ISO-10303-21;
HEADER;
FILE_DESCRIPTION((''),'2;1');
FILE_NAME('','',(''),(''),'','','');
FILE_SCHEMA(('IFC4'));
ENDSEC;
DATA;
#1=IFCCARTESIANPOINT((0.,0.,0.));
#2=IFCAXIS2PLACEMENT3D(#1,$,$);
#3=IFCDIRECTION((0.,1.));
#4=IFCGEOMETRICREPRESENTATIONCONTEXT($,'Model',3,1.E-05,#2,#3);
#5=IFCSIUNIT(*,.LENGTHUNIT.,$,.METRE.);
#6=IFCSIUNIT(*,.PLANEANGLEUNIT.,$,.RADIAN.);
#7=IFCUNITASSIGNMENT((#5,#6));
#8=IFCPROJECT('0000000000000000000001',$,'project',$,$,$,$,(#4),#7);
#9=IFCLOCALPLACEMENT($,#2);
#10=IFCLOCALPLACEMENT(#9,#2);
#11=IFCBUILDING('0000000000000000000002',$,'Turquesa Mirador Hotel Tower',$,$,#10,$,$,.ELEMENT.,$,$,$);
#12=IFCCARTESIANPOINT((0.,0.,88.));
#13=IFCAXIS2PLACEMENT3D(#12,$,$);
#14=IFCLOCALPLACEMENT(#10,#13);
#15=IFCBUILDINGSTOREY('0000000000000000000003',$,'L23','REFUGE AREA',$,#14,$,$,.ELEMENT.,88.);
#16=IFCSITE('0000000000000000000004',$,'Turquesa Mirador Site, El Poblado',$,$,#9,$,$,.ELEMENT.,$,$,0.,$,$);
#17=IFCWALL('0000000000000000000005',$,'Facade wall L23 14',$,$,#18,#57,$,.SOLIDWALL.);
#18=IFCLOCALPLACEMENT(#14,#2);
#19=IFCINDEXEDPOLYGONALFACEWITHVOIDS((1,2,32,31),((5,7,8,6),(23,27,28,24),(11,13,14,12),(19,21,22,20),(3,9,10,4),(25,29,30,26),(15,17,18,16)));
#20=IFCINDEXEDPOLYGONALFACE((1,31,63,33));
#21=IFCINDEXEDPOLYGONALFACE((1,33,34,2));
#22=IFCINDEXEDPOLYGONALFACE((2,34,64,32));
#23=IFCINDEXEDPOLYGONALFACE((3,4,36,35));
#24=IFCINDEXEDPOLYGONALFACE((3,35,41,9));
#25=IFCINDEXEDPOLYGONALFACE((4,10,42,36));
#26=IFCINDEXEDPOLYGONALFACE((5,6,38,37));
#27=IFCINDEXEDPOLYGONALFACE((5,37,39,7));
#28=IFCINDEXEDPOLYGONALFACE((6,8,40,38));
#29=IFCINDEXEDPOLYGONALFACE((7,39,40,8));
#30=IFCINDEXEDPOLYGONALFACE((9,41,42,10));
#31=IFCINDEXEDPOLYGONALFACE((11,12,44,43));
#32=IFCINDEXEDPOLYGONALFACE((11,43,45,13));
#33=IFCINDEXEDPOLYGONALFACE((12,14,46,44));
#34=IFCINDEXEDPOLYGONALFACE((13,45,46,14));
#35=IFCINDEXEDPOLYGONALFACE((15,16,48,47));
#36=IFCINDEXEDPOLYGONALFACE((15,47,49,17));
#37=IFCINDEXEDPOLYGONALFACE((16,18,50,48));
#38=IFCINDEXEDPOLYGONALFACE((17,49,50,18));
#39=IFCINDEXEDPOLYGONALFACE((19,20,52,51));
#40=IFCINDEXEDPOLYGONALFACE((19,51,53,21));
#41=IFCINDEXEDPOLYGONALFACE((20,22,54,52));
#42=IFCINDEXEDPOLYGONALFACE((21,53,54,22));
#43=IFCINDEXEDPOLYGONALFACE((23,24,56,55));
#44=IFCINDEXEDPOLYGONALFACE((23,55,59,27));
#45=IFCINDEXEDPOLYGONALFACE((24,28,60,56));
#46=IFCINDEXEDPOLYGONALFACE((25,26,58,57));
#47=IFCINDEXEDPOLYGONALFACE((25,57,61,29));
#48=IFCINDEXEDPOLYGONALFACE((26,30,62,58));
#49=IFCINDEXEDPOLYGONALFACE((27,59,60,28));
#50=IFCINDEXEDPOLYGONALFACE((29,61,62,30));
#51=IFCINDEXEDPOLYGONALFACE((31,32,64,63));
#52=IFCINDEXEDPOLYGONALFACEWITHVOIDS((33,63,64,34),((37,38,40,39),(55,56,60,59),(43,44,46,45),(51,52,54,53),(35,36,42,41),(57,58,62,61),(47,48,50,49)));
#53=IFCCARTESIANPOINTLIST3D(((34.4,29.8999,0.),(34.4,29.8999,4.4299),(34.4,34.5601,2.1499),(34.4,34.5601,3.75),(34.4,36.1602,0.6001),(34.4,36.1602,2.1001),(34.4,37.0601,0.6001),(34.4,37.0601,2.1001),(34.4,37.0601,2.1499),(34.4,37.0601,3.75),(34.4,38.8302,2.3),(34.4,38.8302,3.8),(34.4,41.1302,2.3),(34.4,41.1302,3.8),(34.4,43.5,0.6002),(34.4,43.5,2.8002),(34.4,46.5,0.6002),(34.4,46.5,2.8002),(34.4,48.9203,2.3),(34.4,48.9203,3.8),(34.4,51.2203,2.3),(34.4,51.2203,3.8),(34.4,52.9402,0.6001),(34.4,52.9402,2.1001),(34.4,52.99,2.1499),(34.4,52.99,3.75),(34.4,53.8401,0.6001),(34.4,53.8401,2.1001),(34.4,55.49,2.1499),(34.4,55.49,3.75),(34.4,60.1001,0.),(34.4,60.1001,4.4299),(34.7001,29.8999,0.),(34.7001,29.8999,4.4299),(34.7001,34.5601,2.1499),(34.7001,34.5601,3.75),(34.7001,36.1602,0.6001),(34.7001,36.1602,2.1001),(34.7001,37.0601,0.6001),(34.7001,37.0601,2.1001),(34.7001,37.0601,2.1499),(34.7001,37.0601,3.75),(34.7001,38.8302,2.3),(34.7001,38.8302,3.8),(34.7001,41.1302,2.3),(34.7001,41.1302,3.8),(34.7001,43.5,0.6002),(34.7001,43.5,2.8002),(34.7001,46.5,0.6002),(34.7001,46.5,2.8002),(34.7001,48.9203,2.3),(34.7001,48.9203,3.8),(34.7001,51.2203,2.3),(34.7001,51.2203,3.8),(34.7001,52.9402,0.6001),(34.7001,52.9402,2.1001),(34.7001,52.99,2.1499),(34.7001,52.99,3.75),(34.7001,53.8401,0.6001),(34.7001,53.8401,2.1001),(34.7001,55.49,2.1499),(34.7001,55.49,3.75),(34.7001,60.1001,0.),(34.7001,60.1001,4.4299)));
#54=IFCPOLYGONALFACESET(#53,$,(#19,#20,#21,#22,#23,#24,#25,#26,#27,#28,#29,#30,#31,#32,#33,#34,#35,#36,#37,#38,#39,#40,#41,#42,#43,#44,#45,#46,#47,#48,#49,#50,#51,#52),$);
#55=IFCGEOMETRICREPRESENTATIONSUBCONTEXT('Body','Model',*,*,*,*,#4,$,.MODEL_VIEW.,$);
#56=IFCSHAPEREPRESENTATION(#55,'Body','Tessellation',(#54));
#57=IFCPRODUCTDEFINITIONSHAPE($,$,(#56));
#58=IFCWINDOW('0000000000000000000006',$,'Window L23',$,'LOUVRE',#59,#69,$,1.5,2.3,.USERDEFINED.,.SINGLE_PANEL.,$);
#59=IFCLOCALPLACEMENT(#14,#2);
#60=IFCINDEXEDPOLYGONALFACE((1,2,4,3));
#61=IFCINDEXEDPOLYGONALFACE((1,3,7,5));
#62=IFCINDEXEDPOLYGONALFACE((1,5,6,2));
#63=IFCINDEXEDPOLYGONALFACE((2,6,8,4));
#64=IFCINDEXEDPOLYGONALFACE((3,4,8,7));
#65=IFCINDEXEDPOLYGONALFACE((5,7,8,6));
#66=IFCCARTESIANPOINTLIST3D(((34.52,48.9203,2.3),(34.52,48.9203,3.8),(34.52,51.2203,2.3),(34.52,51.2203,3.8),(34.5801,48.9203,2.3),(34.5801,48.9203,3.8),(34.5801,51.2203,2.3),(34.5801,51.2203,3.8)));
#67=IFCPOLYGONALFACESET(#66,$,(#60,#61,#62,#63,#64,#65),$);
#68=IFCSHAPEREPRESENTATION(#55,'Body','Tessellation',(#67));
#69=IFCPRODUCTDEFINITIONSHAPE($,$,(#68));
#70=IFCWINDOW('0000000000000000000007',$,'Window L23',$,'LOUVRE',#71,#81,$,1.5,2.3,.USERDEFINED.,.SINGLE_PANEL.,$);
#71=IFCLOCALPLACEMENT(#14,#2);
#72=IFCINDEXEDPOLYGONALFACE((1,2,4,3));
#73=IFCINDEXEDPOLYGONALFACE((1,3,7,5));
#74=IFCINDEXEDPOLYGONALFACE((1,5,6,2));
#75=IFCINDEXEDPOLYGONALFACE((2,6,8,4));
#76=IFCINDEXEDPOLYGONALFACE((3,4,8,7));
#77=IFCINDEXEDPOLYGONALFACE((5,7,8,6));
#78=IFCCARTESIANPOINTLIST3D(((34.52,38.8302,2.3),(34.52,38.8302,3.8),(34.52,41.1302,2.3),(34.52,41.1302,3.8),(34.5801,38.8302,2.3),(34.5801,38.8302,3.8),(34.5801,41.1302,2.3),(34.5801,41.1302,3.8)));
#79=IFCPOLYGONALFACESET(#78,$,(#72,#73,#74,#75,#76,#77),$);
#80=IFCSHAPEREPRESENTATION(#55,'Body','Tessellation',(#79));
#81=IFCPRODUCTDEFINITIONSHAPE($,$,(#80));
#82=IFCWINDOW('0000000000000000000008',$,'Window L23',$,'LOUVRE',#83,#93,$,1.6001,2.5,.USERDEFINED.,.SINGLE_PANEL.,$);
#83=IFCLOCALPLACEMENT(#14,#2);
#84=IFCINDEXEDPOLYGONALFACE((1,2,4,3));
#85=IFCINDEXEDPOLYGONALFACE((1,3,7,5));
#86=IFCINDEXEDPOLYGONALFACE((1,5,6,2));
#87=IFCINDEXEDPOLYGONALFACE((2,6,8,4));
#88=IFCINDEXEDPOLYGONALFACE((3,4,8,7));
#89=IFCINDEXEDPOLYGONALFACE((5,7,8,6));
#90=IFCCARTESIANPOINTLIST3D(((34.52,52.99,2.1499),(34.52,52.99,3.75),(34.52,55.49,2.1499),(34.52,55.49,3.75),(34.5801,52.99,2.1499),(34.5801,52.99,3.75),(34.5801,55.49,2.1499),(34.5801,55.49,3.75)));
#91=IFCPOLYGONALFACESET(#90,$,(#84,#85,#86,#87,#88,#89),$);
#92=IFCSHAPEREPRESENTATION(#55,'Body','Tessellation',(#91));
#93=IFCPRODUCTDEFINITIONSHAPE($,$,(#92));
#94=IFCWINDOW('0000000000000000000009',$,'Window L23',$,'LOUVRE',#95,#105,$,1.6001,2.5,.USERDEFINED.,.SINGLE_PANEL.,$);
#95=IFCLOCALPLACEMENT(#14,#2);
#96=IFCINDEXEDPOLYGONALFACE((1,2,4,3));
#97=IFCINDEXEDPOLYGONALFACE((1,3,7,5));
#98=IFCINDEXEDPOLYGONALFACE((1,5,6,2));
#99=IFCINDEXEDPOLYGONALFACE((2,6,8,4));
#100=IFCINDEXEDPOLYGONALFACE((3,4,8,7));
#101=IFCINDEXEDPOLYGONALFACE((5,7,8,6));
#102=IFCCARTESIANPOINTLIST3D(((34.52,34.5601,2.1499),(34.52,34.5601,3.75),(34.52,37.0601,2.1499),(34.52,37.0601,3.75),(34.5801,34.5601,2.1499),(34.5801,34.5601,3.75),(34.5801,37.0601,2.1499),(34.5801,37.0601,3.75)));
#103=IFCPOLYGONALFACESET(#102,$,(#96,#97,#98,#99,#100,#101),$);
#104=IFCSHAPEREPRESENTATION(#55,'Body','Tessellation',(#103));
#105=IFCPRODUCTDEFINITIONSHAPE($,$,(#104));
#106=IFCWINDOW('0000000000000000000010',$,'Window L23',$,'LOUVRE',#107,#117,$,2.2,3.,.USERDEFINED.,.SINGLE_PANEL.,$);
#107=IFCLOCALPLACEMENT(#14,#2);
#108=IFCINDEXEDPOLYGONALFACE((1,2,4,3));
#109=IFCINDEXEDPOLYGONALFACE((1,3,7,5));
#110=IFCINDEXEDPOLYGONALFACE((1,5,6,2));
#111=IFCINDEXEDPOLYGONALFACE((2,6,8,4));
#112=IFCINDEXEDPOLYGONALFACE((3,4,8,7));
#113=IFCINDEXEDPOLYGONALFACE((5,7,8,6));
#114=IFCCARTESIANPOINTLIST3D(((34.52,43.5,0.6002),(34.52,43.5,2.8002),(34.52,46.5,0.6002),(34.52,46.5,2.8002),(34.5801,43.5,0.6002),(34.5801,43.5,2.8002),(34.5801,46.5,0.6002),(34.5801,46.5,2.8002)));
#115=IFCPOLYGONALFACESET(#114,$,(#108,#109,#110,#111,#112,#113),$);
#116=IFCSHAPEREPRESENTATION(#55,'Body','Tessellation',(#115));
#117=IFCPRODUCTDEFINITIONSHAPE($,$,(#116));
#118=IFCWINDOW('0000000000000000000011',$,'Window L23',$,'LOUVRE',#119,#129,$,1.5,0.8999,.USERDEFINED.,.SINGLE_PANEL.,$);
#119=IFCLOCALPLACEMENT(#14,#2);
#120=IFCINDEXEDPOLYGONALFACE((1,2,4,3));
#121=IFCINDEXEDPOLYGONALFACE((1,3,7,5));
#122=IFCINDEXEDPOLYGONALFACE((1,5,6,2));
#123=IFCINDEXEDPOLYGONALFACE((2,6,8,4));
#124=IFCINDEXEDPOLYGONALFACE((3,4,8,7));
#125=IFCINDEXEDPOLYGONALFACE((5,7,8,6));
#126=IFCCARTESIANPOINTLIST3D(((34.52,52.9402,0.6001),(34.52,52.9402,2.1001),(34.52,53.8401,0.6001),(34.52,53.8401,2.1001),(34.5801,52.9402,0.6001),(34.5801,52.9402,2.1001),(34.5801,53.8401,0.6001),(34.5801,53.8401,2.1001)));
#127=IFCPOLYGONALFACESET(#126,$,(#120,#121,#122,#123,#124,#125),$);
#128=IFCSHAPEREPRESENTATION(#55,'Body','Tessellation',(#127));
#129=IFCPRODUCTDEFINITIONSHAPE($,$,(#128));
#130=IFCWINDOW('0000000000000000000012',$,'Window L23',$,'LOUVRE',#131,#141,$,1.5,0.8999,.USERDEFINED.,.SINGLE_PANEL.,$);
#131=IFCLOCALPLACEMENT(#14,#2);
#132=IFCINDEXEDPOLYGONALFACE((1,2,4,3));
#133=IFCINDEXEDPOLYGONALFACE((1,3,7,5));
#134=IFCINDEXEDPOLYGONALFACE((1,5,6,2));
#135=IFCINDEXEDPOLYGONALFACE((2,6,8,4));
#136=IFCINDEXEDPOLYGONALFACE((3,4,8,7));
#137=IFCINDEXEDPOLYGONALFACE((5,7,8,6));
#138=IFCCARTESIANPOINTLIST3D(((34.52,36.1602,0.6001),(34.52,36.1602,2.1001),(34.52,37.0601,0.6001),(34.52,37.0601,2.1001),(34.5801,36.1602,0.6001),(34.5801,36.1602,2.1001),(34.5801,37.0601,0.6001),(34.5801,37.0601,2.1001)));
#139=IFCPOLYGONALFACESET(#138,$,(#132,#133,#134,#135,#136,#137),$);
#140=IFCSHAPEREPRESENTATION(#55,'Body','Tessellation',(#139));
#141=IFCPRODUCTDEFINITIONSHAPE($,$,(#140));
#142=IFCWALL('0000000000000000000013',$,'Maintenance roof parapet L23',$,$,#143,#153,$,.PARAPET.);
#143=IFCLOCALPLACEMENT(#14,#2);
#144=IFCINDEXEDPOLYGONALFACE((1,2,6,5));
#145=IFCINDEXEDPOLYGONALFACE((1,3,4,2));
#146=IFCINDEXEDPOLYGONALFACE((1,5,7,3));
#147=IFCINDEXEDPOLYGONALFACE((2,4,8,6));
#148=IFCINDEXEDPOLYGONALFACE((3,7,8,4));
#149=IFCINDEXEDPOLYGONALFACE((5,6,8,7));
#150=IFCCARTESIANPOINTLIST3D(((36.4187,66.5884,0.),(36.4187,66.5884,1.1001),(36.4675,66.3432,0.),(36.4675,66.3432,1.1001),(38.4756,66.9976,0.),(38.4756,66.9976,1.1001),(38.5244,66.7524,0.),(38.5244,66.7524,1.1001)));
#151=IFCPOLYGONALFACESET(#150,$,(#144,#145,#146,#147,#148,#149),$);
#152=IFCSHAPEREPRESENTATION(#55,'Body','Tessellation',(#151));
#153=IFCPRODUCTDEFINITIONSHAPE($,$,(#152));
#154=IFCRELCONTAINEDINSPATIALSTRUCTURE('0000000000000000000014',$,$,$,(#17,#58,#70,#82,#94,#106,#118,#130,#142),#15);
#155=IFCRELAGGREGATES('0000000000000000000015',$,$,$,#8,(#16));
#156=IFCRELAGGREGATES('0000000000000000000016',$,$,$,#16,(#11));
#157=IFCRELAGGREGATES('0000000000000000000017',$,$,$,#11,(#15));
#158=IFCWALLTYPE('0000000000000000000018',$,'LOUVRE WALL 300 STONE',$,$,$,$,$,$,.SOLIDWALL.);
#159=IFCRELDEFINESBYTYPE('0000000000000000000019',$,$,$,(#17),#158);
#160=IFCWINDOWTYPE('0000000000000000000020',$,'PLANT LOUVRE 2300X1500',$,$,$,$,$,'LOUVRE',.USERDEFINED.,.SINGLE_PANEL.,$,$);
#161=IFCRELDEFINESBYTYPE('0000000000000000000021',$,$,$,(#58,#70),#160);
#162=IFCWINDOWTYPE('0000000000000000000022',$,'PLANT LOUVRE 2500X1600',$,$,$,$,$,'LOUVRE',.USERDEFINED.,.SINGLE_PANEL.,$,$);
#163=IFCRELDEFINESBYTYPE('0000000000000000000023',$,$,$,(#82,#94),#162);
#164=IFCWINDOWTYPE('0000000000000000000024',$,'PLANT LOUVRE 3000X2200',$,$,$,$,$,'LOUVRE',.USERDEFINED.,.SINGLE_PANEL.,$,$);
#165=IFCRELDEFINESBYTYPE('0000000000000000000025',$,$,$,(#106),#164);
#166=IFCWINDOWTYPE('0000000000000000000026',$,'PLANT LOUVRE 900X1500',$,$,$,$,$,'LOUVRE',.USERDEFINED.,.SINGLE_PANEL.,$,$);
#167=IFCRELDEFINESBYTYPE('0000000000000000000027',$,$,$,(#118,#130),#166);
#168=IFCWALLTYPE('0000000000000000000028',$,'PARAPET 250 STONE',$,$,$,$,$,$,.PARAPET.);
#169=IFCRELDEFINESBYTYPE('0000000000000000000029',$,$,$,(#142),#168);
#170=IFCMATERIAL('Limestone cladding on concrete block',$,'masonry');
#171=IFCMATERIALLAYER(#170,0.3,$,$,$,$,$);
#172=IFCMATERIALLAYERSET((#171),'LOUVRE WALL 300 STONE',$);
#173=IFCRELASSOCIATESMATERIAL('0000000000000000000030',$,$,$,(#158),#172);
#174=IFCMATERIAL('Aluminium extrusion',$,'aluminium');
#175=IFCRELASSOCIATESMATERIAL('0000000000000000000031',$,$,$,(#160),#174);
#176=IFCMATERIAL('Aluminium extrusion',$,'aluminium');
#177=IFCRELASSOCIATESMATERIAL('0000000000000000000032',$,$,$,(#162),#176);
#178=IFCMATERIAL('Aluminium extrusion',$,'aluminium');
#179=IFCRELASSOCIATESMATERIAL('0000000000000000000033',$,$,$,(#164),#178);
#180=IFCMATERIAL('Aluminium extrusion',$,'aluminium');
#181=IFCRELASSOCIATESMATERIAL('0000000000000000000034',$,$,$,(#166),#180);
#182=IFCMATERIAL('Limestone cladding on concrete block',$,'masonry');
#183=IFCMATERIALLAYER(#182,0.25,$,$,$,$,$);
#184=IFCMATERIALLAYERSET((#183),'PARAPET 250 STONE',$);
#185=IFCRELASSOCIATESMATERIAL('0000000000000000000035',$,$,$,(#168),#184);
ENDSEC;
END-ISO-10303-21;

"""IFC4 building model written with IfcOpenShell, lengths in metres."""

from ifc_helpers import new_model, si_unit, direction, frame, frame_2d, origin, place, context, subcontext, project, spatial, rectangle, extrude, material, layer, layer_set, type_object, element, fill, save


model = new_model("IFC4")

# Units and contexts
model_context = context("Model", 3, precision=1e-05, world=origin(), true_north=direction((0.0, 1.0)))
body_context = subcontext(model_context, "Body", "Model", "MODEL_VIEW")
ifc_project = project(units=[si_unit("LENGTHUNIT", "METRE"), si_unit("PLANEANGLEUNIT", "RADIAN")], contexts=[model_context])

# Site, building, storey
site_placement = place(None, origin())
site = spatial("IfcSite", under=ifc_project, at=site_placement, Name="Turquesa Mirador Site, El Poblado", CompositionType="ELEMENT", RefElevation=0.0)
building_placement = place(site_placement, origin())
building = spatial("IfcBuilding", under=site, at=building_placement, Name="Turquesa Mirador Hotel Tower", CompositionType="ELEMENT")
storey_placement = place(building_placement, frame((0.0, 0.0, 88.0)))
storey = spatial("IfcBuildingStorey", under=building, at=storey_placement, Name="L23", Description="REFUGE AREA", CompositionType="ELEMENT", Elevation=88.0)

# Shared definitions
ifc_material_1 = material(Name="Limestone cladding on concrete block", Category="masonry")
ifc_layer_1 = layer(ifc_material_1, 0.3)
ifc_layer_set_1 = layer_set([ifc_layer_1], Name="LOUVRE WALL 300 STONE")
wall_type_1 = type_object("IfcWallType", Name="LOUVRE WALL 300 STONE", PredefinedType="SOLIDWALL", material=ifc_layer_set_1)

# Wall, openings, windows
wall_1_placement = place(storey_placement, frame((34.55, 60.1001, 0.0), z_axis=(0.0, 0.0, 1.0), x_axis=(0.0, -1.0, 0.0)))
wall_1 = element("IfcWall", 1, at=wall_1_placement, inside=storey, type_object=wall_type_1, Name="Facade wall L23 14", PredefinedType="SOLIDWALL", context=body_context, shape_type="SweptSolid", body=[
    extrude(rectangle(XDim=30.2002, YDim=0.3, at=frame_2d((15.1001, 0.0))), origin(), (0.0, 0.0, 1.0), 4.4299),
])
opening_1_placement = place(wall_1_placement, frame((4.6101, 0.0, 2.1499)))
opening_1 = element("IfcOpeningElement", 2, at=opening_1_placement, cuts=wall_1, PredefinedType="OPENING", context=body_context, shape_type="SweptSolid", body=[
    extrude(rectangle(XDim=2.5, YDim=1.6001, at=frame_2d((1.25, 0.8))), frame((0.0, 0.1599, 0.0), z_axis=(0.0, -1.0, 0.0), x_axis=(1.0, 0.0, 0.0)), (0.0, 0.0, 1.0), 0.3201),
])
opening_2_placement = place(wall_1_placement, frame((8.8799, 0.0, 2.3)))
opening_2 = element("IfcOpeningElement", 3, at=opening_2_placement, cuts=wall_1, PredefinedType="OPENING", context=body_context, shape_type="SweptSolid", body=[
    extrude(rectangle(XDim=2.3, YDim=1.5, at=frame_2d((1.1499, 0.75))), frame((0.0, 0.1599, 0.0), z_axis=(0.0, -1.0, 0.0), x_axis=(1.0, 0.0, 0.0)), (0.0, 0.0, 1.0), 0.3201),
])
opening_3_placement = place(wall_1_placement, frame((13.6001, 0.0, 0.6001)))
opening_3 = element("IfcOpeningElement", 4, at=opening_3_placement, cuts=wall_1, PredefinedType="OPENING", context=body_context, shape_type="SweptSolid", body=[
    extrude(rectangle(XDim=3.0, YDim=2.2, at=frame_2d((1.5, 1.1001))), frame((0.0, 0.1599, 0.0), z_axis=(0.0, -1.0, 0.0), x_axis=(1.0, 0.0, 0.0)), (0.0, 0.0, 1.0), 0.3201),
])
opening_4_placement = place(wall_1_placement, frame((18.97, 0.0, 2.3)))
opening_4 = element("IfcOpeningElement", 5, at=opening_4_placement, cuts=wall_1, PredefinedType="OPENING", context=body_context, shape_type="SweptSolid", body=[
    extrude(rectangle(XDim=2.3, YDim=1.5, at=frame_2d((1.1499, 0.75))), frame((0.0, 0.1599, 0.0), z_axis=(0.0, -1.0, 0.0), x_axis=(1.0, 0.0, 0.0)), (0.0, 0.0, 1.0), 0.3201),
])
opening_5_placement = place(wall_1_placement, frame((23.04, 0.0, 2.1499)))
opening_5 = element("IfcOpeningElement", 6, at=opening_5_placement, cuts=wall_1, PredefinedType="OPENING", context=body_context, shape_type="SweptSolid", body=[
    extrude(rectangle(XDim=2.5, YDim=1.6001, at=frame_2d((1.25, 0.8))), frame((0.0, 0.1599, 0.0), z_axis=(0.0, -1.0, 0.0), x_axis=(1.0, 0.0, 0.0)), (0.0, 0.0, 1.0), 0.3201),
])
opening_6_placement = place(wall_1_placement, frame((6.26, 0.0, 0.6001)))
opening_6 = element("IfcOpeningElement", 7, at=opening_6_placement, cuts=wall_1, PredefinedType="OPENING", context=body_context, shape_type="SweptSolid", body=[
    extrude(rectangle(XDim=0.8999, YDim=1.5, at=frame_2d((0.45, 0.75))), frame((0.0, 0.1599, 0.0), z_axis=(0.0, -1.0, 0.0), x_axis=(1.0, 0.0, 0.0)), (0.0, 0.0, 1.0), 0.3201),
])
opening_7_placement = place(wall_1_placement, frame((23.04, 0.0, 0.6001)))
opening_7 = element("IfcOpeningElement", 8, at=opening_7_placement, cuts=wall_1, PredefinedType="OPENING", context=body_context, shape_type="SweptSolid", body=[
    extrude(rectangle(XDim=0.8999, YDim=1.5, at=frame_2d((0.45, 0.75))), frame((0.0, 0.1599, 0.0), z_axis=(0.0, -1.0, 0.0), x_axis=(1.0, 0.0, 0.0)), (0.0, 0.0, 1.0), 0.3201),
])
ifc_material_2 = material(Name="Aluminium extrusion", Category="aluminium")
window_type_1 = type_object("IfcWindowType", Name="PLANT LOUVRE 2300X1500", ElementType="LOUVRE", PartitioningType="SINGLE_PANEL", PredefinedType="USERDEFINED", material=ifc_material_2)
window_1_placement = place(opening_2_placement, origin())
window_1 = element("IfcWindow", 9, at=window_1_placement, inside=storey, type_object=window_type_1, Name="Window L23", ObjectType="LOUVRE", OverallHeight=1.5, OverallWidth=2.3, PartitioningType="SINGLE_PANEL", PredefinedType="USERDEFINED", context=body_context, shape_type="SweptSolid", body=[
    extrude(rectangle(XDim=2.3, YDim=1.5, at=frame_2d((1.1499, 0.75))), frame((0.0, 0.03, 0.0), z_axis=(0.0, -1.0, 0.0), x_axis=(1.0, 0.0, 0.0)), (0.0, 0.0, 1.0), 0.0601),
])
fill(opening_2, window_1)
window_2_placement = place(opening_4_placement, origin())
window_2 = element("IfcWindow", 10, at=window_2_placement, inside=storey, type_object=window_type_1, Name="Window L23", ObjectType="LOUVRE", OverallHeight=1.5, OverallWidth=2.3, PartitioningType="SINGLE_PANEL", PredefinedType="USERDEFINED", context=body_context, shape_type="SweptSolid", body=[
    extrude(rectangle(XDim=2.3, YDim=1.5, at=frame_2d((1.1499, 0.75))), frame((0.0, 0.03, 0.0), z_axis=(0.0, -1.0, 0.0), x_axis=(1.0, 0.0, 0.0)), (0.0, 0.0, 1.0), 0.0601),
])
fill(opening_4, window_2)
ifc_material_3 = material(Name="Aluminium extrusion", Category="aluminium")
window_type_2 = type_object("IfcWindowType", Name="PLANT LOUVRE 2500X1600", ElementType="LOUVRE", PartitioningType="SINGLE_PANEL", PredefinedType="USERDEFINED", material=ifc_material_3)
window_3_placement = place(opening_1_placement, origin())
window_3 = element("IfcWindow", 11, at=window_3_placement, inside=storey, type_object=window_type_2, Name="Window L23", ObjectType="LOUVRE", OverallHeight=1.6001, OverallWidth=2.5, PartitioningType="SINGLE_PANEL", PredefinedType="USERDEFINED", context=body_context, shape_type="SweptSolid", body=[
    extrude(rectangle(XDim=2.5, YDim=1.6001, at=frame_2d((1.25, 0.8))), frame((0.0, 0.03, 0.0), z_axis=(0.0, -1.0, 0.0), x_axis=(1.0, 0.0, 0.0)), (0.0, 0.0, 1.0), 0.0601),
])
fill(opening_1, window_3)
window_4_placement = place(opening_5_placement, origin())
window_4 = element("IfcWindow", 12, at=window_4_placement, inside=storey, type_object=window_type_2, Name="Window L23", ObjectType="LOUVRE", OverallHeight=1.6001, OverallWidth=2.5, PartitioningType="SINGLE_PANEL", PredefinedType="USERDEFINED", context=body_context, shape_type="SweptSolid", body=[
    extrude(rectangle(XDim=2.5, YDim=1.6001, at=frame_2d((1.25, 0.8))), frame((0.0, 0.03, 0.0), z_axis=(0.0, -1.0, 0.0), x_axis=(1.0, 0.0, 0.0)), (0.0, 0.0, 1.0), 0.0601),
])
fill(opening_5, window_4)
ifc_material_4 = material(Name="Aluminium extrusion", Category="aluminium")
window_type_3 = type_object("IfcWindowType", Name="PLANT LOUVRE 3000X2200", ElementType="LOUVRE", PartitioningType="SINGLE_PANEL", PredefinedType="USERDEFINED", material=ifc_material_4)
window_5_placement = place(opening_3_placement, origin())
window_5 = element("IfcWindow", 13, at=window_5_placement, inside=storey, type_object=window_type_3, Name="Window L23", ObjectType="LOUVRE", OverallHeight=2.2, OverallWidth=3.0, PartitioningType="SINGLE_PANEL", PredefinedType="USERDEFINED", context=body_context, shape_type="SweptSolid", body=[
    extrude(rectangle(XDim=3.0, YDim=2.2, at=frame_2d((1.5, 1.1001))), frame((0.0, 0.03, 0.0), z_axis=(0.0, -1.0, 0.0), x_axis=(1.0, 0.0, 0.0)), (0.0, 0.0, 1.0), 0.0601),
])
fill(opening_3, window_5)
ifc_material_5 = material(Name="Aluminium extrusion", Category="aluminium")
window_type_4 = type_object("IfcWindowType", Name="PLANT LOUVRE 900X1500", ElementType="LOUVRE", PartitioningType="SINGLE_PANEL", PredefinedType="USERDEFINED", material=ifc_material_5)
window_6_placement = place(opening_6_placement, origin())
window_6 = element("IfcWindow", 14, at=window_6_placement, inside=storey, type_object=window_type_4, Name="Window L23", ObjectType="LOUVRE", OverallHeight=1.5, OverallWidth=0.8999, PartitioningType="SINGLE_PANEL", PredefinedType="USERDEFINED", context=body_context, shape_type="SweptSolid", body=[
    extrude(rectangle(XDim=0.8999, YDim=1.5, at=frame_2d((0.45, 0.75))), frame((0.0, 0.03, 0.0), z_axis=(0.0, -1.0, 0.0), x_axis=(1.0, 0.0, 0.0)), (0.0, 0.0, 1.0), 0.0601),
])
fill(opening_6, window_6)
window_7_placement = place(opening_7_placement, origin())
window_7 = element("IfcWindow", 15, at=window_7_placement, inside=storey, type_object=window_type_4, Name="Window L23", ObjectType="LOUVRE", OverallHeight=1.5, OverallWidth=0.8999, PartitioningType="SINGLE_PANEL", PredefinedType="USERDEFINED", context=body_context, shape_type="SweptSolid", body=[
    extrude(rectangle(XDim=0.8999, YDim=1.5, at=frame_2d((0.45, 0.75))), frame((0.0, 0.03, 0.0), z_axis=(0.0, -1.0, 0.0), x_axis=(1.0, 0.0, 0.0)), (0.0, 0.0, 1.0), 0.0601),
])
fill(opening_7, window_7)

# Wall
ifc_material_6 = material(Name="Limestone cladding on concrete block", Category="masonry")
ifc_layer_2 = layer(ifc_material_6, 0.25)
ifc_layer_set_2 = layer_set([ifc_layer_2], Name="PARAPET 250 STONE")
wall_type_2 = type_object("IfcWallType", Name="PARAPET 250 STONE", PredefinedType="PARAPET", material=ifc_layer_set_2)
for number, where, z_axis, x_axis, name in (
    (16, (38.5, 66.875, 0.0), (0.0, 0.0, 1.0), (-0.980782, -0.195109, 0.0), "Maintenance roof parapet L23"),
):
    element("IfcWall", number, at=place(storey_placement, frame(where, z_axis=z_axis, x_axis=x_axis)), inside=storey, type_object=wall_type_2, Name=name, PredefinedType="PARAPET", context=body_context, shape_type="SweptSolid", body=[
        extrude(rectangle(XDim=2.0972, YDim=0.25, at=frame_2d((1.0486, 0.0))), origin(), (0.0, 0.0, 1.0), 1.1001),
    ])

save(model, "model.ifc")
